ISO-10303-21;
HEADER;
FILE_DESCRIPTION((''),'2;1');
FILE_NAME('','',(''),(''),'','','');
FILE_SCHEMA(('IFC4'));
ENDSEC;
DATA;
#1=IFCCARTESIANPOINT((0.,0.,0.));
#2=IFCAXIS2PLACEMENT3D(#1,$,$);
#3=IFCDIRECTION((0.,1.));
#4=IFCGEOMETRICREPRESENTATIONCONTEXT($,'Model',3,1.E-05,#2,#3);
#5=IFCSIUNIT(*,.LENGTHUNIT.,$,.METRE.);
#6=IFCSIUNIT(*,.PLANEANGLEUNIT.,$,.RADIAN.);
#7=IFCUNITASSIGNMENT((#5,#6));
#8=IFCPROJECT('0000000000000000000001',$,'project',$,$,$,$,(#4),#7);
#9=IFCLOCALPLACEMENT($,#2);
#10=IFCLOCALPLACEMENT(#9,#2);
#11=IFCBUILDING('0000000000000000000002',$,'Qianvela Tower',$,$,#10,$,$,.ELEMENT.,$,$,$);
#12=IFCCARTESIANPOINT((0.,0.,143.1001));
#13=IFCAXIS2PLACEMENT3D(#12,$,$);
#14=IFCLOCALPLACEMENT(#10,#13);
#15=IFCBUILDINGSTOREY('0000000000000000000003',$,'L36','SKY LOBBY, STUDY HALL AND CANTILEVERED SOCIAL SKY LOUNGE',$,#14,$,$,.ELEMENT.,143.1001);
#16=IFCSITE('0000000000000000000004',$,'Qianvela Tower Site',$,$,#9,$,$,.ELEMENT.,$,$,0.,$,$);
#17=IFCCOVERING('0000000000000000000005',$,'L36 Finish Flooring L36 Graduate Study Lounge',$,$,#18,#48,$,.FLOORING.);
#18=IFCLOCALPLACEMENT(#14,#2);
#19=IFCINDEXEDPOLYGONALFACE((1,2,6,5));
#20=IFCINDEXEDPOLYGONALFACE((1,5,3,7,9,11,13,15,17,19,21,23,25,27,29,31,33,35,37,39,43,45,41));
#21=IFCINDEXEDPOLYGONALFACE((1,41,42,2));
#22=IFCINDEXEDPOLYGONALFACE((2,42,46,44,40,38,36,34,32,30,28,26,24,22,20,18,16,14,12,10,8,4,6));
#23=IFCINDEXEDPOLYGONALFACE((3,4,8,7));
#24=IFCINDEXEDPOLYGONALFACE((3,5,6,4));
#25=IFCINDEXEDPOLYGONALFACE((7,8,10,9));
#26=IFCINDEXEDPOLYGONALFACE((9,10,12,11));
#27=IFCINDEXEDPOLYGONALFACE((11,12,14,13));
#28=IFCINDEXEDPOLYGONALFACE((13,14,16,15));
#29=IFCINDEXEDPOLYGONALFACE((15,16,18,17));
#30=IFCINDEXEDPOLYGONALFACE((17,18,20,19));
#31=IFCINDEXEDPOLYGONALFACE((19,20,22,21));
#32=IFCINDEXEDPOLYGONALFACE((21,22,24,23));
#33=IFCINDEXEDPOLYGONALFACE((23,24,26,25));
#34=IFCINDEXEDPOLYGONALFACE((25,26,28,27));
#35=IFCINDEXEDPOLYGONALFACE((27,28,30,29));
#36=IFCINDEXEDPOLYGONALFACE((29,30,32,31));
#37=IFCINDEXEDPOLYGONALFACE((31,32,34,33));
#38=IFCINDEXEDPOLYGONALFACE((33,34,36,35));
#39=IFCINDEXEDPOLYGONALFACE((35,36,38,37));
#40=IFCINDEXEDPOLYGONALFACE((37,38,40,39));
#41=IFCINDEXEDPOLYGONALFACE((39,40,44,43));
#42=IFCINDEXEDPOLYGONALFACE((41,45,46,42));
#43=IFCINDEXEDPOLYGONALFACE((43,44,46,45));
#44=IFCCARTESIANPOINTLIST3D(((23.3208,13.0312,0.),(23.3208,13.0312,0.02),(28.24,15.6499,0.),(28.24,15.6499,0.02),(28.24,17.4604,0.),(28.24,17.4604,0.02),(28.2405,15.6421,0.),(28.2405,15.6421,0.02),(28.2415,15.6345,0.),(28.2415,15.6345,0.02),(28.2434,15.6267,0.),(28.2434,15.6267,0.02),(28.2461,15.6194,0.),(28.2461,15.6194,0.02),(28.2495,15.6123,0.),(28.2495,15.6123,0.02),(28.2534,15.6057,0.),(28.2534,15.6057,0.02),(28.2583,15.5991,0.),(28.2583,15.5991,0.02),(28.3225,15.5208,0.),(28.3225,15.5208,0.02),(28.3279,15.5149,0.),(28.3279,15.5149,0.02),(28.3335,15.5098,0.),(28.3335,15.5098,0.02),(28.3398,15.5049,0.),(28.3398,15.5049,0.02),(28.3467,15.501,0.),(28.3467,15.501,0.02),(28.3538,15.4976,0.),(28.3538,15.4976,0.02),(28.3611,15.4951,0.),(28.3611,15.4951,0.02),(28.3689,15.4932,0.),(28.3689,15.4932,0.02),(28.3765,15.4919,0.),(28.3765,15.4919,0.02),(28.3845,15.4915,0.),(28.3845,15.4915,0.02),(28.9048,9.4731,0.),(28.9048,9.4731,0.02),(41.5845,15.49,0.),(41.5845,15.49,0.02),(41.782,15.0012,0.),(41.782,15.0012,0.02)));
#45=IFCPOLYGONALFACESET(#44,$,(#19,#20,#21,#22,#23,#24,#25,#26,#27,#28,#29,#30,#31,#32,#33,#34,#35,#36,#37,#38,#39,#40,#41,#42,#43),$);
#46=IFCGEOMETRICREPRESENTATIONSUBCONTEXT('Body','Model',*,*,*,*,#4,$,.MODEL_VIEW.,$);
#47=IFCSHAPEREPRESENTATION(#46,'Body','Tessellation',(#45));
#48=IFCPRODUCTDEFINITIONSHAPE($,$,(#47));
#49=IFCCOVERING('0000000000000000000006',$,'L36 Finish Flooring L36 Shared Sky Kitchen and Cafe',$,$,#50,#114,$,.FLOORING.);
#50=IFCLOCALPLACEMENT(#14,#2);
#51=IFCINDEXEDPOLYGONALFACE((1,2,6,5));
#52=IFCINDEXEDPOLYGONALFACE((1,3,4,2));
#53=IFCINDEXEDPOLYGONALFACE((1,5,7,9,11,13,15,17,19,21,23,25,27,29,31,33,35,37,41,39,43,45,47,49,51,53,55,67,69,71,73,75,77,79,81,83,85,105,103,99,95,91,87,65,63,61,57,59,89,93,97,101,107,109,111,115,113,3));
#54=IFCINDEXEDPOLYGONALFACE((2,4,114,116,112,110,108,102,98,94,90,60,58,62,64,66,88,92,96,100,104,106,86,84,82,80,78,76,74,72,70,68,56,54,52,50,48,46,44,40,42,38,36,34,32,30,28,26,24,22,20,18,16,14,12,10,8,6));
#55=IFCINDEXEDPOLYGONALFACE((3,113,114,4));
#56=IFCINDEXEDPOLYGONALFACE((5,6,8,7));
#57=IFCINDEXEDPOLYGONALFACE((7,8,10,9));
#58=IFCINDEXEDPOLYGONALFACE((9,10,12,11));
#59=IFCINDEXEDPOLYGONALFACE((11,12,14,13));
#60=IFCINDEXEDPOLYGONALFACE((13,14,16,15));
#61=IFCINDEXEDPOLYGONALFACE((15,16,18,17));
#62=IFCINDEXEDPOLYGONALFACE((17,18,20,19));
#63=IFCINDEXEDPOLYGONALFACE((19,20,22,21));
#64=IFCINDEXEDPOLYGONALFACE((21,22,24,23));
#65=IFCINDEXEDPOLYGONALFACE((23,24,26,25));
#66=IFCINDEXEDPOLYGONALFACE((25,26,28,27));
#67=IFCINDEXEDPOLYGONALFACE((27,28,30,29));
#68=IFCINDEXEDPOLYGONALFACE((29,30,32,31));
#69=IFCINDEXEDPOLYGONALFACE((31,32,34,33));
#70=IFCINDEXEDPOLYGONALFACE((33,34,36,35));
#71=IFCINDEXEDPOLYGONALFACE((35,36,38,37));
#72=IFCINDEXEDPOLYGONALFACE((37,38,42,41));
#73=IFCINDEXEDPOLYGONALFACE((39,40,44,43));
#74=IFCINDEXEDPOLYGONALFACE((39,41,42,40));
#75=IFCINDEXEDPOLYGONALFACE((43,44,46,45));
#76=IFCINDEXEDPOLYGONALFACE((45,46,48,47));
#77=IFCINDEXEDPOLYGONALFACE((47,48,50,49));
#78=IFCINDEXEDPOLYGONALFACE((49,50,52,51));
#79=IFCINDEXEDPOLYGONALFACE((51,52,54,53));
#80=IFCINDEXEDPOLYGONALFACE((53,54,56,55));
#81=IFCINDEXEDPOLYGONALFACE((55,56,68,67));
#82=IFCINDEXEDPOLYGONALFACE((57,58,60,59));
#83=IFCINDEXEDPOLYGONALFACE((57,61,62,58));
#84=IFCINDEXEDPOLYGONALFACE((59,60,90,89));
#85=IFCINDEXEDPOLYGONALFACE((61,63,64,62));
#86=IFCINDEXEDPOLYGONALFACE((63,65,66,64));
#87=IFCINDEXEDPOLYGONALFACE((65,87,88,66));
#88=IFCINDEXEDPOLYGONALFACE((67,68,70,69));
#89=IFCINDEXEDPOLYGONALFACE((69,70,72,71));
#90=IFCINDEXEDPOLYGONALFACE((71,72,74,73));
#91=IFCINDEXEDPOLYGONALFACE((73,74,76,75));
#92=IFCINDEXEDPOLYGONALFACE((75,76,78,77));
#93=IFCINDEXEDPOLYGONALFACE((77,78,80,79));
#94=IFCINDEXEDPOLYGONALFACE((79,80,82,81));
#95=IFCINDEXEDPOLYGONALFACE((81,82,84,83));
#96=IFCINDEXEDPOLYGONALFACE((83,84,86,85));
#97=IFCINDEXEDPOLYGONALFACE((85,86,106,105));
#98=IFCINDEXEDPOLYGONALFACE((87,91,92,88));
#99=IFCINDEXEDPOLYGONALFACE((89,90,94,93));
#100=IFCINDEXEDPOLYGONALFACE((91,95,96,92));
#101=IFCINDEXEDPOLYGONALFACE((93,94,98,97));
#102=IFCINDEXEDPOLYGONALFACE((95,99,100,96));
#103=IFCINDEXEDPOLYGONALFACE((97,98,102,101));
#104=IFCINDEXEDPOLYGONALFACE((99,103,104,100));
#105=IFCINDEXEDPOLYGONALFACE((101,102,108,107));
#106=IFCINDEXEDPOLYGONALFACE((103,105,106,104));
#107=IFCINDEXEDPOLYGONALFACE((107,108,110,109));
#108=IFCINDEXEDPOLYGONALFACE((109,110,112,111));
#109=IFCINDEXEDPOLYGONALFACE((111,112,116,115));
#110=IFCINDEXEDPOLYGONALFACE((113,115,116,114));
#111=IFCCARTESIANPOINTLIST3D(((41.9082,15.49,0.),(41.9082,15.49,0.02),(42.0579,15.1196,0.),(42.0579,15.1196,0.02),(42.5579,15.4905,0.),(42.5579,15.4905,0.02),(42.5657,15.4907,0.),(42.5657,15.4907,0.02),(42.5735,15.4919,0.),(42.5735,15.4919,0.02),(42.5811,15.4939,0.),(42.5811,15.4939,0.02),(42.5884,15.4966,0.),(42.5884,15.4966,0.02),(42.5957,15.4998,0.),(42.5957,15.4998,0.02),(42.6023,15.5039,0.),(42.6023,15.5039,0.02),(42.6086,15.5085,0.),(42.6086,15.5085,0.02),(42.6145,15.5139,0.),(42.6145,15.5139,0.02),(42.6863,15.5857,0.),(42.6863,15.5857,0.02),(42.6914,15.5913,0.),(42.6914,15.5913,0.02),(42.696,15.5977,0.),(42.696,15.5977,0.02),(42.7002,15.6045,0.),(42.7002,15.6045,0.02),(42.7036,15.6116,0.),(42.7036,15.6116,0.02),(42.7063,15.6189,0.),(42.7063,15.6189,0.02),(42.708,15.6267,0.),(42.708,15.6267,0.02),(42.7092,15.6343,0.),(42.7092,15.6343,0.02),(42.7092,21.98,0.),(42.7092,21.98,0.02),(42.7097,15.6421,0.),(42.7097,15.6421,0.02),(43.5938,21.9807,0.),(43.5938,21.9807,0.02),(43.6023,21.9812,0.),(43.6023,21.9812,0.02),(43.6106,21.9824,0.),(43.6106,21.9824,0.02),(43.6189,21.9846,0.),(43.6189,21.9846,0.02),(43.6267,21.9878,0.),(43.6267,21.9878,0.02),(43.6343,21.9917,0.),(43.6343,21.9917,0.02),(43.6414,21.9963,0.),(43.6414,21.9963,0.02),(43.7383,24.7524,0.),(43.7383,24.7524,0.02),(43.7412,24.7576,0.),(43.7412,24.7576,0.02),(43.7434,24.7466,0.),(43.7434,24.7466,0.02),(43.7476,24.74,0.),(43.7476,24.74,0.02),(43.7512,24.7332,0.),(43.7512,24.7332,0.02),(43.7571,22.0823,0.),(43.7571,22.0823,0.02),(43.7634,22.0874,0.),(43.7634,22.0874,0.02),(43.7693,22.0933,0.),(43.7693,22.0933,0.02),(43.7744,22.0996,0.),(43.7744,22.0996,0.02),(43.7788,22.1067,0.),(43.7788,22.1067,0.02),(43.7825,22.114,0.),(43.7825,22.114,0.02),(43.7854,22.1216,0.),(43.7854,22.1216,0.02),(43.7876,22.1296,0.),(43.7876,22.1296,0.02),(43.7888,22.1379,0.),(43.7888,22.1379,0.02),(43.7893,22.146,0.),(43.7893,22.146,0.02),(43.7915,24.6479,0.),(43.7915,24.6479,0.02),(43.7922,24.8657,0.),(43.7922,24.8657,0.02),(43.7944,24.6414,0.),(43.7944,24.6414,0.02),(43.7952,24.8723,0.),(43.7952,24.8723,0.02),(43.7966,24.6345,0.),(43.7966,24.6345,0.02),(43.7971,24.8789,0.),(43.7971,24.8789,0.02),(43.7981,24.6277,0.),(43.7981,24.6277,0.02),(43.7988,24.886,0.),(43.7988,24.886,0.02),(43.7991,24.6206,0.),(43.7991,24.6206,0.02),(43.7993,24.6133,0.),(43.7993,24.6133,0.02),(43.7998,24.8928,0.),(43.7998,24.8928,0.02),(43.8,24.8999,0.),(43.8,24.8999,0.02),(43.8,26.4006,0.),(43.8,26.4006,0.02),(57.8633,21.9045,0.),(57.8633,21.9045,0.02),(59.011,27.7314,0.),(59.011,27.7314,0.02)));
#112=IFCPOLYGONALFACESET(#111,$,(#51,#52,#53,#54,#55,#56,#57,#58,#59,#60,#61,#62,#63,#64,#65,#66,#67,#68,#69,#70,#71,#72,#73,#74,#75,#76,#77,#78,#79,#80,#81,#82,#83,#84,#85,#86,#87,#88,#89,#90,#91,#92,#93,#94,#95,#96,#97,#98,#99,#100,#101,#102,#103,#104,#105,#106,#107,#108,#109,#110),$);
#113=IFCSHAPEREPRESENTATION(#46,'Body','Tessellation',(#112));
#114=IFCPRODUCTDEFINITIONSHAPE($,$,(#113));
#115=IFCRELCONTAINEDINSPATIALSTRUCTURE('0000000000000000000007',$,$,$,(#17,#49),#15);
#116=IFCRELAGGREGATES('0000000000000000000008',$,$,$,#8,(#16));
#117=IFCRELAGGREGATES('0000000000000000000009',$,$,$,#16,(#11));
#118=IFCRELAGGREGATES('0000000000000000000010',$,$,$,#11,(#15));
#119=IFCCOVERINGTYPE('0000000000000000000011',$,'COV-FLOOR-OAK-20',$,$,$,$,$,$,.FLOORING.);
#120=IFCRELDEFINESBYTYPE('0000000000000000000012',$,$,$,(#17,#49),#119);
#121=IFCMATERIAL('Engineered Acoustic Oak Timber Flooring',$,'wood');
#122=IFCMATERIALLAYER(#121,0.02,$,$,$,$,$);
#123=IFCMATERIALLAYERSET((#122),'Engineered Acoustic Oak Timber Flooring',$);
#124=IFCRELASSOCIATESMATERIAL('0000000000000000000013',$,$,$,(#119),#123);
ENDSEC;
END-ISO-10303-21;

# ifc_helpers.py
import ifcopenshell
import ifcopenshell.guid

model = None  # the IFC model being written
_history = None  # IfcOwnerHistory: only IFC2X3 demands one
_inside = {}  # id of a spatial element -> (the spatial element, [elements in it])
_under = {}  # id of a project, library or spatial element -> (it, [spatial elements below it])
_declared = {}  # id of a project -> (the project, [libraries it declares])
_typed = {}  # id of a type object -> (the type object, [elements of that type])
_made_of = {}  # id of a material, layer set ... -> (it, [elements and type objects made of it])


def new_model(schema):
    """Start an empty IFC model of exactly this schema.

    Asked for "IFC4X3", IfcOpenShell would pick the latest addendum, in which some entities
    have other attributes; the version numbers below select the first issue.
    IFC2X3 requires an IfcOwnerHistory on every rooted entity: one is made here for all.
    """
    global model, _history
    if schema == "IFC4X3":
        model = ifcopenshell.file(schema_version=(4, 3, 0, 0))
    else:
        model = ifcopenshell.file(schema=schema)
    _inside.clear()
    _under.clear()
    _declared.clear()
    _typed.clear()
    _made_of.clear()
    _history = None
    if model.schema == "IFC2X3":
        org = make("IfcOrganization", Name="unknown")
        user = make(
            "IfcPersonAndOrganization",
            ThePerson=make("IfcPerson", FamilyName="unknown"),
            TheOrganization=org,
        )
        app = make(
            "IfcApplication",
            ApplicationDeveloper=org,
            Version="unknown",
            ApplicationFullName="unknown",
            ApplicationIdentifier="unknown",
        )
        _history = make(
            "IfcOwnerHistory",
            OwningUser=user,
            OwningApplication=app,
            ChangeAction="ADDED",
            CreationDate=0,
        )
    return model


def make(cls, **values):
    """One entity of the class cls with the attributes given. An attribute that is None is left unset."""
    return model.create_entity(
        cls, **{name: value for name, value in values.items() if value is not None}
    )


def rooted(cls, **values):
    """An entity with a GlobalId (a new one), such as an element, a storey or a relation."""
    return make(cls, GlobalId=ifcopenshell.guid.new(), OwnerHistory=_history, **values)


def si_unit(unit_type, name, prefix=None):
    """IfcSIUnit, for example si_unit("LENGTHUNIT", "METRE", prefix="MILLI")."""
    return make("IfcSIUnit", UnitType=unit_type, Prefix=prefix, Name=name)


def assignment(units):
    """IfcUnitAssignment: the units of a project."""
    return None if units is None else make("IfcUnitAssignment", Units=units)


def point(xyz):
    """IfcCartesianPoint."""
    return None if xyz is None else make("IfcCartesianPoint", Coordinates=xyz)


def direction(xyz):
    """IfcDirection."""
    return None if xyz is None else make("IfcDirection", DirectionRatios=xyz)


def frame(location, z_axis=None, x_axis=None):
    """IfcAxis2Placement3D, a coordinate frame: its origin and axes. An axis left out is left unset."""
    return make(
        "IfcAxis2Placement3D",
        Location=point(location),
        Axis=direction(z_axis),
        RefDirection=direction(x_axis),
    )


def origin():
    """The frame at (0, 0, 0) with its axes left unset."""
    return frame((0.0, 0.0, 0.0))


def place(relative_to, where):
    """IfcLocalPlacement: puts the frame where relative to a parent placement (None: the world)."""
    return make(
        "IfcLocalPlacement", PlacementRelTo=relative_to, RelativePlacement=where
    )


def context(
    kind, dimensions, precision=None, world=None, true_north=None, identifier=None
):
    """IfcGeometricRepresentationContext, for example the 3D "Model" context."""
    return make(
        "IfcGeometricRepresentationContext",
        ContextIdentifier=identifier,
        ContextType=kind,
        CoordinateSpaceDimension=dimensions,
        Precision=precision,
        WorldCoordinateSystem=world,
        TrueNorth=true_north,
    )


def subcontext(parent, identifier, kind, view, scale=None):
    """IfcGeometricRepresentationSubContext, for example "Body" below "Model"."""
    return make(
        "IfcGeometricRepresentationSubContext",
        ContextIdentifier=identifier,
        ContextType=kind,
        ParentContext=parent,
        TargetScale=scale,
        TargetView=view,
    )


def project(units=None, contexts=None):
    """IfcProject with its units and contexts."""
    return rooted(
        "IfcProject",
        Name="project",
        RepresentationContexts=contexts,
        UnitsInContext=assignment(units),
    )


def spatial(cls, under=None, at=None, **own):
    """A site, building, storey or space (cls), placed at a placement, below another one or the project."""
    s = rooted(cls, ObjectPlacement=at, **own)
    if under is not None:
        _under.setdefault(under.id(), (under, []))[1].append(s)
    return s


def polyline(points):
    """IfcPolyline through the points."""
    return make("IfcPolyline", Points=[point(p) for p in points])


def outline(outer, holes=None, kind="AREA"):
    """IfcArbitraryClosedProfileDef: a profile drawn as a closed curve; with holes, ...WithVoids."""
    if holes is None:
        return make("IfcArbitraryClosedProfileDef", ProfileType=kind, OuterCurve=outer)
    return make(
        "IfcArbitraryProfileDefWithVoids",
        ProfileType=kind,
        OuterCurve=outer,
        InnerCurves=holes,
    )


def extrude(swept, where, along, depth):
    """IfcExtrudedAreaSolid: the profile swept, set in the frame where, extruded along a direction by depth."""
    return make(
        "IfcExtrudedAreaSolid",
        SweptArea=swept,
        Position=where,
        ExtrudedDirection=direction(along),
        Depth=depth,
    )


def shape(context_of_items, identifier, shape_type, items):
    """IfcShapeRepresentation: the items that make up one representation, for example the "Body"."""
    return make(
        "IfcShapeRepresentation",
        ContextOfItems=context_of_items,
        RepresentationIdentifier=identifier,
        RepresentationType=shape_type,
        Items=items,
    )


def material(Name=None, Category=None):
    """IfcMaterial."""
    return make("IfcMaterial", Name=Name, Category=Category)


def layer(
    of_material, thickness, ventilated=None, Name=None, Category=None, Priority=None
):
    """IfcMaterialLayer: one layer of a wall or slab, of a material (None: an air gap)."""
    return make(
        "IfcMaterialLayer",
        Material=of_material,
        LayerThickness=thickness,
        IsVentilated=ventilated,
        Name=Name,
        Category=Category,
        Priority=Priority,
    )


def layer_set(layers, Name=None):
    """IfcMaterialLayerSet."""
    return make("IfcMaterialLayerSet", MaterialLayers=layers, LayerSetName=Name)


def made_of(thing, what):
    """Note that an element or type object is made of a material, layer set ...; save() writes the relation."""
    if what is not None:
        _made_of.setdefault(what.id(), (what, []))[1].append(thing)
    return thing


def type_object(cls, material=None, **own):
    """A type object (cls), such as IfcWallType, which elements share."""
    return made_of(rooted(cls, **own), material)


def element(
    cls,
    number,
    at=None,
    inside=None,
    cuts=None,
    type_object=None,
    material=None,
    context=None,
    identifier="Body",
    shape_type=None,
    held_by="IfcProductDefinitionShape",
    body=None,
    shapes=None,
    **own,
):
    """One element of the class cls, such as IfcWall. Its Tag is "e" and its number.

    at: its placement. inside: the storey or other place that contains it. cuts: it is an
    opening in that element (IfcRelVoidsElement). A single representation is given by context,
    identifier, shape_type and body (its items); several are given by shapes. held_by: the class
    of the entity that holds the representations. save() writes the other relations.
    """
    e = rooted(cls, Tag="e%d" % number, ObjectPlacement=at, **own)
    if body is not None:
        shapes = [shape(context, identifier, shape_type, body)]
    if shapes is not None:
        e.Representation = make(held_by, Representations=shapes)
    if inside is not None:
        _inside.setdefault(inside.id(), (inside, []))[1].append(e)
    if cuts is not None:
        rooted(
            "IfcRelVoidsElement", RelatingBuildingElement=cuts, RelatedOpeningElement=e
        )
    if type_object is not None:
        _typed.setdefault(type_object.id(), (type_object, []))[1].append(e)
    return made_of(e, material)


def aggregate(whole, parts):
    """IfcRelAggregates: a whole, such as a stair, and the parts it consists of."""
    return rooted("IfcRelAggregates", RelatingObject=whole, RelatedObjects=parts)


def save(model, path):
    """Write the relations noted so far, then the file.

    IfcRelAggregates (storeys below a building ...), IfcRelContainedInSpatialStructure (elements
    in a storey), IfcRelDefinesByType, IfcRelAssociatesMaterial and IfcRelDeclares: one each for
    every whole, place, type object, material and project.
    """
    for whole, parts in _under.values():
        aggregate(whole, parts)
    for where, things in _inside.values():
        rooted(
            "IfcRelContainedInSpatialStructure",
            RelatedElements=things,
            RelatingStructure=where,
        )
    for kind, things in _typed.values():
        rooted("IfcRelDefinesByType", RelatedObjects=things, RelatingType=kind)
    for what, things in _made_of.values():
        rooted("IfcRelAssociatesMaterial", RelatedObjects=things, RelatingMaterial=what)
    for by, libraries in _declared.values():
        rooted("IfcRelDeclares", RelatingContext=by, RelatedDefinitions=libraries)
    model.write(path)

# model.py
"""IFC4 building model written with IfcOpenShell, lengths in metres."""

from ifc_helpers import new_model, si_unit, direction, frame, origin, place, context, subcontext, project, spatial, polyline, outline, extrude, material, layer, layer_set, type_object, element, save


model = new_model("IFC4")

# Units and contexts
model_context = context("Model", 3, precision=1e-05, world=origin(), true_north=direction((0.0, 1.0)))
body_context = subcontext(model_context, "Body", "Model", "MODEL_VIEW")
ifc_project = project(units=[si_unit("LENGTHUNIT", "METRE"), si_unit("PLANEANGLEUNIT", "RADIAN")], contexts=[model_context])

# Site, building, storey
site_placement = place(None, origin())
site = spatial("IfcSite", under=ifc_project, at=site_placement, Name="Qianvela Tower Site", CompositionType="ELEMENT", RefElevation=0.0)
building_placement = place(site_placement, origin())
building = spatial("IfcBuilding", under=site, at=building_placement, Name="Qianvela Tower", CompositionType="ELEMENT")
storey_placement = place(building_placement, frame((0.0, 0.0, 143.1001)))
storey = spatial("IfcBuildingStorey", under=building, at=storey_placement, Name="L36", Description="SKY LOBBY, STUDY HALL AND CANTILEVERED SOCIAL SKY LOUNGE", CompositionType="ELEMENT", Elevation=143.1001)

# Coverings
ifc_material_1 = material(Name="Engineered Acoustic Oak Timber Flooring", Category="wood")
ifc_layer_1 = layer(ifc_material_1, 0.02)
ifc_layer_set_1 = layer_set([ifc_layer_1], Name="Engineered Acoustic Oak Timber Flooring")
covering_type_1 = type_object("IfcCoveringType", Name="COV-FLOOR-OAK-20", PredefinedType="FLOORING", material=ifc_layer_set_1)
covering_1_placement = place(storey_placement, origin())
element("IfcCovering", 1, at=covering_1_placement, inside=storey, type_object=covering_type_1, Name="L36 Finish Flooring L36 Graduate Study Lounge", PredefinedType="FLOORING", context=body_context, shape_type="SweptSolid", body=[
    extrude(outline(polyline([(28.24, 15.6499), (28.2405, 15.6421), (28.2415, 15.6345), (28.2434, 15.6267), (28.2461, 15.6194), (28.2495, 15.6123), (28.2534, 15.6057), (28.2583, 15.5991), (28.3225, 15.5208), (28.3279, 15.5149), (28.3335, 15.5098), (28.3398, 15.5049), (28.3467, 15.501), (28.3538, 15.4976), (28.3611, 15.4951), (28.3689, 15.4932), (28.3765, 15.4919), (28.3845, 15.4915), (41.5845, 15.49), (41.782, 15.0012), (28.9048, 9.4731), (23.3208, 13.0312), (28.24, 17.4604), (28.24, 15.6499)])), origin(), (0.0, 0.0, 1.0), 0.02),
])
covering_2_placement = place(storey_placement, origin())
element("IfcCovering", 2, at=covering_2_placement, inside=storey, type_object=covering_type_1, Name="L36 Finish Flooring L36 Shared Sky Kitchen and Cafe", PredefinedType="FLOORING", context=body_context, shape_type="SweptSolid", body=[
    extrude(outline(polyline([(41.9082, 15.49), (42.5579, 15.4905), (42.5657, 15.4907), (42.5735, 15.4919), (42.5811, 15.4939), (42.5884, 15.4966), (42.5957, 15.4998), (42.6023, 15.5039), (42.6086, 15.5085), (42.6145, 15.5139), (42.6863, 15.5857), (42.6914, 15.5913), (42.696, 15.5977), (42.7002, 15.6045), (42.7036, 15.6116), (42.7063, 15.6189), (42.708, 15.6267), (42.7092, 15.6343), (42.7097, 15.6421), (42.7092, 21.98), (43.5938, 21.9807), (43.6023, 21.9812), (43.6106, 21.9824), (43.6189, 21.9846), (43.6267, 21.9878), (43.6343, 21.9917), (43.6414, 21.9963), (43.7571, 22.0823), (43.7634, 22.0874), (43.7693, 22.0933), (43.7744, 22.0996), (43.7788, 22.1067), (43.7825, 22.114), (43.7854, 22.1216), (43.7876, 22.1296), (43.7888, 22.1379), (43.7893, 22.146), (43.7993, 24.6133), (43.7991, 24.6206), (43.7981, 24.6277), (43.7966, 24.6345), (43.7944, 24.6414), (43.7915, 24.6479), (43.7512, 24.7332), (43.7476, 24.74), (43.7434, 24.7466), (43.7383, 24.7524), (43.7412, 24.7576), (43.7922, 24.8657), (43.7952, 24.8723), (43.7971, 24.8789), (43.7988, 24.886), (43.7998, 24.8928), (43.8, 24.8999), (43.8, 26.4006), (59.011, 27.7314), (57.8633, 21.9045), (42.0579, 15.1196), (41.9082, 15.49)])), origin(), (0.0, 0.0, 1.0), 0.02),
])

save(model, "model.ifc")
